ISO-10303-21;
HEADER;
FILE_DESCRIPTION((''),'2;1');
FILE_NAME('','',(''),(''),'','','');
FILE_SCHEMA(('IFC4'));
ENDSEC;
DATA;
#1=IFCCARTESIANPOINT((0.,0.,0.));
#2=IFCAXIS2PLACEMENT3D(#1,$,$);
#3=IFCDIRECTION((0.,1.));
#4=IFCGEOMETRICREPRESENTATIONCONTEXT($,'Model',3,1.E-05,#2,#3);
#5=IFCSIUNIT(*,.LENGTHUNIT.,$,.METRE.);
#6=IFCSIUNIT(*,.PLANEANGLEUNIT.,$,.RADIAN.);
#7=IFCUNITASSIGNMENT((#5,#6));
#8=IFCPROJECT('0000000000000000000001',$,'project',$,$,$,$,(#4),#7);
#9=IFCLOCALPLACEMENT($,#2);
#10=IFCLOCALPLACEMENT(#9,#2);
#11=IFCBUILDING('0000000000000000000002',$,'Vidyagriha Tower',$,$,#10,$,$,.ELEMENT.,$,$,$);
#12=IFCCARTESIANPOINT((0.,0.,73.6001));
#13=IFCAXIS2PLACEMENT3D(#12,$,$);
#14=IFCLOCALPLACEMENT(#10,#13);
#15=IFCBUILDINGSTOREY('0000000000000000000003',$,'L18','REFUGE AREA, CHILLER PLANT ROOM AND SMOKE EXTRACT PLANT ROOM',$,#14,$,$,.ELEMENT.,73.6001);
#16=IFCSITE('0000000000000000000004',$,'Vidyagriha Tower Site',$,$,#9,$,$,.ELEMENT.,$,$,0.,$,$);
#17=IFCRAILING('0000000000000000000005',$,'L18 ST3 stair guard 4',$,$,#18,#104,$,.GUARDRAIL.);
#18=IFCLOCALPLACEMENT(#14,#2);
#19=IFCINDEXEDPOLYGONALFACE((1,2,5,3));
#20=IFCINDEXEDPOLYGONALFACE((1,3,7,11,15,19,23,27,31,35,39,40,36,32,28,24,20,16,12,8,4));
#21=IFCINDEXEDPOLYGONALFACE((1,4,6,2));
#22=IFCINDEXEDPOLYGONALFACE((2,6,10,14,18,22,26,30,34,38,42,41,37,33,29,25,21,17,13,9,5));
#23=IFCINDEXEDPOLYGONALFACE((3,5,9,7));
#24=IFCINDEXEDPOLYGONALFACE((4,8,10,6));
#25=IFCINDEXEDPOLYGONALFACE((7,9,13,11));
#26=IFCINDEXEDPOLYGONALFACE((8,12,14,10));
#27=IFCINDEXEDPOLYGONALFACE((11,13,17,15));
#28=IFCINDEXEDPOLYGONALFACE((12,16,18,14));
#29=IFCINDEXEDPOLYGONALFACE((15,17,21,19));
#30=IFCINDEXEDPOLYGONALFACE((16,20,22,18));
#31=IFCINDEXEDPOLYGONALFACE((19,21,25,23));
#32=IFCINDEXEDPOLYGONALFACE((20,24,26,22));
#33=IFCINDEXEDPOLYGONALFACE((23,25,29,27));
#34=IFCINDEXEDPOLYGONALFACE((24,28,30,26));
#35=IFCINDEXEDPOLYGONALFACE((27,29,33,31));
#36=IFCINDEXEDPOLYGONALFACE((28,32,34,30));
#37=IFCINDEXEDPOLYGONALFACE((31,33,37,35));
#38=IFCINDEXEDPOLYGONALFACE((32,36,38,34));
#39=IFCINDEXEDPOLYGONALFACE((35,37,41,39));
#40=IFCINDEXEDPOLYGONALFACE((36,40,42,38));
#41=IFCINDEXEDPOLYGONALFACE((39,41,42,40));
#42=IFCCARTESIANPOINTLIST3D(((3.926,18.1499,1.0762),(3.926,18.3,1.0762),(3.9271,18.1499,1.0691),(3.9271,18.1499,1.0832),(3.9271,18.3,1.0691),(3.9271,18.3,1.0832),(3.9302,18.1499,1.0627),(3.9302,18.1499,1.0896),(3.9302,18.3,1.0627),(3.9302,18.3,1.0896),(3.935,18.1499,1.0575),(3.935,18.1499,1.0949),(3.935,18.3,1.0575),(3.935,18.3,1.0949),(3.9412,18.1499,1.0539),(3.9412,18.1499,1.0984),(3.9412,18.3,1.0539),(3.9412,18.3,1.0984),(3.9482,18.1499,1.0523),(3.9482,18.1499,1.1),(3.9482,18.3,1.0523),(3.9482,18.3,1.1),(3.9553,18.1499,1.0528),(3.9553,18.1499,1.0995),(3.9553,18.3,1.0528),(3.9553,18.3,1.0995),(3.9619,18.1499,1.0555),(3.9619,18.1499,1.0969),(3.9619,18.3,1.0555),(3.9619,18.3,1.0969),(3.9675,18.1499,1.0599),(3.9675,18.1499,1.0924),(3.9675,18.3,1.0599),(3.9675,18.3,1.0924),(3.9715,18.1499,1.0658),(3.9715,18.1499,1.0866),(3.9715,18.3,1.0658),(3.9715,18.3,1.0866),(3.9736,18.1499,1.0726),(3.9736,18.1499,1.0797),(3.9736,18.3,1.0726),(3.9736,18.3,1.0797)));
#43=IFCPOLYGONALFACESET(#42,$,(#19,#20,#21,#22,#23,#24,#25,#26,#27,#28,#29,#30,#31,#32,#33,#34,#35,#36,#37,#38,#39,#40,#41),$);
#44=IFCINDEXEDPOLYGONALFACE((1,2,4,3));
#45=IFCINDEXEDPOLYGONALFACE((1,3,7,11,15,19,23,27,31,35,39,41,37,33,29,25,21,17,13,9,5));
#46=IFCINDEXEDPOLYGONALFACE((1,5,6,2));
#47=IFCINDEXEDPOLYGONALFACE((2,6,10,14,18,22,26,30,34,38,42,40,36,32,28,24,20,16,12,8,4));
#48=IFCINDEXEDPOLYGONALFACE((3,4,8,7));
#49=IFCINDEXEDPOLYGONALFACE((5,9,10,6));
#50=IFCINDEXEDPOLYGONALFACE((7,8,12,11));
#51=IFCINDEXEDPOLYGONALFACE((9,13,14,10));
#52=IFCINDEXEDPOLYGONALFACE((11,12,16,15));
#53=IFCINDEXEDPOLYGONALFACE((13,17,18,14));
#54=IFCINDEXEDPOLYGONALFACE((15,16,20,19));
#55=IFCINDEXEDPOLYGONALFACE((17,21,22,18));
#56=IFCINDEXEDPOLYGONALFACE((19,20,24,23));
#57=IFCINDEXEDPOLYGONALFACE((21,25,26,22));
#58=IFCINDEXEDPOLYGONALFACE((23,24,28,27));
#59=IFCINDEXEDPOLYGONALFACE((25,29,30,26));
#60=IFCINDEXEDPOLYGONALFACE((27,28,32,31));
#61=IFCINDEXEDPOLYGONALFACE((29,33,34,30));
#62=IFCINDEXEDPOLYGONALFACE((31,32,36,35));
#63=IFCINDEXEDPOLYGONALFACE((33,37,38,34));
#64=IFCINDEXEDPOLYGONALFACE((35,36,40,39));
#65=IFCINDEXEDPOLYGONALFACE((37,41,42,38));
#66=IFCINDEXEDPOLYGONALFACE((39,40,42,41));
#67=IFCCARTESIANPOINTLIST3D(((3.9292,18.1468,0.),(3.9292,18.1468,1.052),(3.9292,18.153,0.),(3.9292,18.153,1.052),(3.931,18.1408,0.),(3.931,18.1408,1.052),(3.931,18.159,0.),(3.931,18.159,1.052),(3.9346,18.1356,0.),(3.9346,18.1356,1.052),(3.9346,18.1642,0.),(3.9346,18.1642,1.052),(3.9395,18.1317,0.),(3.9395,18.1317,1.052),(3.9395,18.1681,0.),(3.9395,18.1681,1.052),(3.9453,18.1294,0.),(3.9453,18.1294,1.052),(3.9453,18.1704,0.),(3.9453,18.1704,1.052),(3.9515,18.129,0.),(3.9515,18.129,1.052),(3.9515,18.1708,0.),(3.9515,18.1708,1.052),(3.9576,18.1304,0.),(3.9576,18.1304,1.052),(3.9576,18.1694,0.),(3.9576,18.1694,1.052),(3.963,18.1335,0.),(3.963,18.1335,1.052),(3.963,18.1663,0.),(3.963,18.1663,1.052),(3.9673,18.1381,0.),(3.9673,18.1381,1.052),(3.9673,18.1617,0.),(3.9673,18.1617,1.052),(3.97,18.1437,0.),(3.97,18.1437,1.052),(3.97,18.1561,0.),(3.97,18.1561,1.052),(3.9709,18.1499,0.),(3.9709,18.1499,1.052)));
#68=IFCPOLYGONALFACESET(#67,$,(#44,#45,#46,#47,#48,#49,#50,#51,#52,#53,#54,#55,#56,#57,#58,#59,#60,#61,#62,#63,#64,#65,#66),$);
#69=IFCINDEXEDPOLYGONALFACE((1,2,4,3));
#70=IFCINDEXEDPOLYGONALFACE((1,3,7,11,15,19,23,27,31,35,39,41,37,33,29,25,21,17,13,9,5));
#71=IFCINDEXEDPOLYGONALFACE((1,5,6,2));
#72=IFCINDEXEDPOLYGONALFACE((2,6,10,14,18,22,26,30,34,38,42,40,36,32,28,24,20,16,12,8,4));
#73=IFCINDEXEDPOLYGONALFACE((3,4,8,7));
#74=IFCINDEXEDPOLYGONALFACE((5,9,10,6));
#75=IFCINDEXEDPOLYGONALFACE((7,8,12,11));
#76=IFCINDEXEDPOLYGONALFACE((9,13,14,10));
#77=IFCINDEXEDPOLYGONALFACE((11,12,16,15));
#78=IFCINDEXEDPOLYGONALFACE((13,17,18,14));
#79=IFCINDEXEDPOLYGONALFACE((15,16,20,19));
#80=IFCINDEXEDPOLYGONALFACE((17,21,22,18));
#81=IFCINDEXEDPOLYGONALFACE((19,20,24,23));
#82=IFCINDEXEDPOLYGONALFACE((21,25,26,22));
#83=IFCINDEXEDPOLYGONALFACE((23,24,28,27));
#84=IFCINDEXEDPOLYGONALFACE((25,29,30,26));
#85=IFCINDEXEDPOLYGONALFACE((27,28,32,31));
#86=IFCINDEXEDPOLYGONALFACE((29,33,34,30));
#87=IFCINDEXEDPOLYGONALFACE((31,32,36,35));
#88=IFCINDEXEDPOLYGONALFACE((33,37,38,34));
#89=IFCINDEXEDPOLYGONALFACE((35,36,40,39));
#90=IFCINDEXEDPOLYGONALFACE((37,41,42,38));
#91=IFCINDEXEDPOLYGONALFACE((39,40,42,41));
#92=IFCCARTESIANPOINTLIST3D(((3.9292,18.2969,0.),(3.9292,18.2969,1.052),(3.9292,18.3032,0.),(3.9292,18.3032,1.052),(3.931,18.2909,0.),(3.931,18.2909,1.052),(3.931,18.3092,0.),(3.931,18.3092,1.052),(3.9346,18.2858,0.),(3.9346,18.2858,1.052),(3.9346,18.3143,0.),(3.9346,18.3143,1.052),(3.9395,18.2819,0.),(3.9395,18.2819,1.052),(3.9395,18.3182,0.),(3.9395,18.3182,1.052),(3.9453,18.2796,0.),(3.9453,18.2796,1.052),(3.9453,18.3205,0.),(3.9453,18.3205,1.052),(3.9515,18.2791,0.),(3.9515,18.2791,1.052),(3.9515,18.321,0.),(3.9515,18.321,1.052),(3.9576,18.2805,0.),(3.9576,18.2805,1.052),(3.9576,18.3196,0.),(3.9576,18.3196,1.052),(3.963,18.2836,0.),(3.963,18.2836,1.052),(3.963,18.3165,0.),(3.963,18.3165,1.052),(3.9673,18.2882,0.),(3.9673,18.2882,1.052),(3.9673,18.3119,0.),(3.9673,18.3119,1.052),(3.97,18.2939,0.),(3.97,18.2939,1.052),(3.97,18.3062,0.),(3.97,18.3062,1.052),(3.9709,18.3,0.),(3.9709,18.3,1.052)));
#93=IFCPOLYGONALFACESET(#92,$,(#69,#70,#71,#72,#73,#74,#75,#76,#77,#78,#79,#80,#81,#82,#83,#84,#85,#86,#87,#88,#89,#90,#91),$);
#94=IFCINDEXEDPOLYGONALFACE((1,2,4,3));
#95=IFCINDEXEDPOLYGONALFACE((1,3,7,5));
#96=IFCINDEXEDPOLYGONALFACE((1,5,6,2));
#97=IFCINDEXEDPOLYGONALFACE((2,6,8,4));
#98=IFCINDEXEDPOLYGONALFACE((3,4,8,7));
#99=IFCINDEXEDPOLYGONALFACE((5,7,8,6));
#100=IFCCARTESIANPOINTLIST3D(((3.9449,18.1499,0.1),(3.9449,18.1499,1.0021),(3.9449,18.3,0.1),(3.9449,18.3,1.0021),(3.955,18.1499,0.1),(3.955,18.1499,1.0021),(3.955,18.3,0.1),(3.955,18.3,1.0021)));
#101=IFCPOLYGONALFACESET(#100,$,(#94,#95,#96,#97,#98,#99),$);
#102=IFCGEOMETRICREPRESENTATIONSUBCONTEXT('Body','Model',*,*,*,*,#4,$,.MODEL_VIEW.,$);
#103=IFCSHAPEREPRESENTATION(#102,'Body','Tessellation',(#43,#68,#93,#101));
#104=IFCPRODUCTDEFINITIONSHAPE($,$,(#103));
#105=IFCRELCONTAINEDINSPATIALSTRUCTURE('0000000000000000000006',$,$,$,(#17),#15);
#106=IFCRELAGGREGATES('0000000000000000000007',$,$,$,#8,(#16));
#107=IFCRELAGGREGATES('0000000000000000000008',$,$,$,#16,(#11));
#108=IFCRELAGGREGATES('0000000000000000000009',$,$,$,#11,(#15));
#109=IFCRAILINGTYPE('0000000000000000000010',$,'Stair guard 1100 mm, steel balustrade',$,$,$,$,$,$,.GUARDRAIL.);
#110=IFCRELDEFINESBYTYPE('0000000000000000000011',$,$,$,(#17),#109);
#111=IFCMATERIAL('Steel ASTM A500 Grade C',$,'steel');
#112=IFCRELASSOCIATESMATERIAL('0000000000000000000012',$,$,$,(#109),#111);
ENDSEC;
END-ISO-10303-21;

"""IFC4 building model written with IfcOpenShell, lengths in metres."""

from ifc_helpers import new_model, si_unit, direction, frame, origin, origin_2d, place, context, subcontext, project, spatial, rectangle, circle, extrude, material, type_object, element, save


model = new_model("IFC4")

# Units and contexts
model_context = context("Model", 3, precision=1e-05, world=origin(), true_north=direction((0.0, 1.0)))
body_context = subcontext(model_context, "Body", "Model", "MODEL_VIEW")
ifc_project = project(units=[si_unit("LENGTHUNIT", "METRE"), si_unit("PLANEANGLEUNIT", "RADIAN")], contexts=[model_context])

# Site, building, storey
site_placement = place(None, origin())
site = spatial("IfcSite", under=ifc_project, at=site_placement, Name="Vidyagriha Tower Site", CompositionType="ELEMENT", RefElevation=0.0)
building_placement = place(site_placement, origin())
building = spatial("IfcBuilding", under=site, at=building_placement, Name="Vidyagriha Tower", CompositionType="ELEMENT")
storey_placement = place(building_placement, frame((0.0, 0.0, 73.6001)))
storey = spatial("IfcBuildingStorey", under=building, at=storey_placement, Name="L18", Description="REFUGE AREA, CHILLER PLANT ROOM AND SMOKE EXTRACT PLANT ROOM", CompositionType="ELEMENT", Elevation=73.6001)

# Railing
ifc_material_1 = material(Name="Steel ASTM A500 Grade C", Category="steel")
railing_type_1 = type_object("IfcRailingType", Name="Stair guard 1100 mm, steel balustrade", PredefinedType="GUARDRAIL", material=ifc_material_1)
railing_1_placement = place(storey_placement, frame((3.95, 18.1499, 0.0)))
element("IfcRailing", 1, at=railing_1_placement, inside=storey, type_object=railing_type_1, Name="L18 ST3 stair guard 4", PredefinedType="GUARDRAIL", context=body_context, shape_type="SweptSolid", body=[
    extrude(circle(Radius=0.0239, at=origin_2d()), frame((0.0, 0.0, 1.0762), z_axis=(0.0, 1.0, 0.0), x_axis=(-1.0, 0.0, 0.0)), (0.0, 0.0, 1.0), 0.1501),
    extrude(circle(Radius=0.021, at=origin_2d()), origin(), (0.0, 0.0, 1.0), 1.052),
    extrude(circle(Radius=0.021, at=origin_2d()), frame((0.0, 0.1501, 0.0)), (0.0, 0.0, 1.0), 1.052),
    extrude(rectangle(XDim=0.01, YDim=0.9021, at=origin_2d()), frame((0.0, 0.0, 0.551), z_axis=(0.0, 1.0, 0.0), x_axis=(-1.0, 0.0, 0.0)), (0.0, 0.0, 1.0), 0.1501),
])

save(model, "model.ifc")
